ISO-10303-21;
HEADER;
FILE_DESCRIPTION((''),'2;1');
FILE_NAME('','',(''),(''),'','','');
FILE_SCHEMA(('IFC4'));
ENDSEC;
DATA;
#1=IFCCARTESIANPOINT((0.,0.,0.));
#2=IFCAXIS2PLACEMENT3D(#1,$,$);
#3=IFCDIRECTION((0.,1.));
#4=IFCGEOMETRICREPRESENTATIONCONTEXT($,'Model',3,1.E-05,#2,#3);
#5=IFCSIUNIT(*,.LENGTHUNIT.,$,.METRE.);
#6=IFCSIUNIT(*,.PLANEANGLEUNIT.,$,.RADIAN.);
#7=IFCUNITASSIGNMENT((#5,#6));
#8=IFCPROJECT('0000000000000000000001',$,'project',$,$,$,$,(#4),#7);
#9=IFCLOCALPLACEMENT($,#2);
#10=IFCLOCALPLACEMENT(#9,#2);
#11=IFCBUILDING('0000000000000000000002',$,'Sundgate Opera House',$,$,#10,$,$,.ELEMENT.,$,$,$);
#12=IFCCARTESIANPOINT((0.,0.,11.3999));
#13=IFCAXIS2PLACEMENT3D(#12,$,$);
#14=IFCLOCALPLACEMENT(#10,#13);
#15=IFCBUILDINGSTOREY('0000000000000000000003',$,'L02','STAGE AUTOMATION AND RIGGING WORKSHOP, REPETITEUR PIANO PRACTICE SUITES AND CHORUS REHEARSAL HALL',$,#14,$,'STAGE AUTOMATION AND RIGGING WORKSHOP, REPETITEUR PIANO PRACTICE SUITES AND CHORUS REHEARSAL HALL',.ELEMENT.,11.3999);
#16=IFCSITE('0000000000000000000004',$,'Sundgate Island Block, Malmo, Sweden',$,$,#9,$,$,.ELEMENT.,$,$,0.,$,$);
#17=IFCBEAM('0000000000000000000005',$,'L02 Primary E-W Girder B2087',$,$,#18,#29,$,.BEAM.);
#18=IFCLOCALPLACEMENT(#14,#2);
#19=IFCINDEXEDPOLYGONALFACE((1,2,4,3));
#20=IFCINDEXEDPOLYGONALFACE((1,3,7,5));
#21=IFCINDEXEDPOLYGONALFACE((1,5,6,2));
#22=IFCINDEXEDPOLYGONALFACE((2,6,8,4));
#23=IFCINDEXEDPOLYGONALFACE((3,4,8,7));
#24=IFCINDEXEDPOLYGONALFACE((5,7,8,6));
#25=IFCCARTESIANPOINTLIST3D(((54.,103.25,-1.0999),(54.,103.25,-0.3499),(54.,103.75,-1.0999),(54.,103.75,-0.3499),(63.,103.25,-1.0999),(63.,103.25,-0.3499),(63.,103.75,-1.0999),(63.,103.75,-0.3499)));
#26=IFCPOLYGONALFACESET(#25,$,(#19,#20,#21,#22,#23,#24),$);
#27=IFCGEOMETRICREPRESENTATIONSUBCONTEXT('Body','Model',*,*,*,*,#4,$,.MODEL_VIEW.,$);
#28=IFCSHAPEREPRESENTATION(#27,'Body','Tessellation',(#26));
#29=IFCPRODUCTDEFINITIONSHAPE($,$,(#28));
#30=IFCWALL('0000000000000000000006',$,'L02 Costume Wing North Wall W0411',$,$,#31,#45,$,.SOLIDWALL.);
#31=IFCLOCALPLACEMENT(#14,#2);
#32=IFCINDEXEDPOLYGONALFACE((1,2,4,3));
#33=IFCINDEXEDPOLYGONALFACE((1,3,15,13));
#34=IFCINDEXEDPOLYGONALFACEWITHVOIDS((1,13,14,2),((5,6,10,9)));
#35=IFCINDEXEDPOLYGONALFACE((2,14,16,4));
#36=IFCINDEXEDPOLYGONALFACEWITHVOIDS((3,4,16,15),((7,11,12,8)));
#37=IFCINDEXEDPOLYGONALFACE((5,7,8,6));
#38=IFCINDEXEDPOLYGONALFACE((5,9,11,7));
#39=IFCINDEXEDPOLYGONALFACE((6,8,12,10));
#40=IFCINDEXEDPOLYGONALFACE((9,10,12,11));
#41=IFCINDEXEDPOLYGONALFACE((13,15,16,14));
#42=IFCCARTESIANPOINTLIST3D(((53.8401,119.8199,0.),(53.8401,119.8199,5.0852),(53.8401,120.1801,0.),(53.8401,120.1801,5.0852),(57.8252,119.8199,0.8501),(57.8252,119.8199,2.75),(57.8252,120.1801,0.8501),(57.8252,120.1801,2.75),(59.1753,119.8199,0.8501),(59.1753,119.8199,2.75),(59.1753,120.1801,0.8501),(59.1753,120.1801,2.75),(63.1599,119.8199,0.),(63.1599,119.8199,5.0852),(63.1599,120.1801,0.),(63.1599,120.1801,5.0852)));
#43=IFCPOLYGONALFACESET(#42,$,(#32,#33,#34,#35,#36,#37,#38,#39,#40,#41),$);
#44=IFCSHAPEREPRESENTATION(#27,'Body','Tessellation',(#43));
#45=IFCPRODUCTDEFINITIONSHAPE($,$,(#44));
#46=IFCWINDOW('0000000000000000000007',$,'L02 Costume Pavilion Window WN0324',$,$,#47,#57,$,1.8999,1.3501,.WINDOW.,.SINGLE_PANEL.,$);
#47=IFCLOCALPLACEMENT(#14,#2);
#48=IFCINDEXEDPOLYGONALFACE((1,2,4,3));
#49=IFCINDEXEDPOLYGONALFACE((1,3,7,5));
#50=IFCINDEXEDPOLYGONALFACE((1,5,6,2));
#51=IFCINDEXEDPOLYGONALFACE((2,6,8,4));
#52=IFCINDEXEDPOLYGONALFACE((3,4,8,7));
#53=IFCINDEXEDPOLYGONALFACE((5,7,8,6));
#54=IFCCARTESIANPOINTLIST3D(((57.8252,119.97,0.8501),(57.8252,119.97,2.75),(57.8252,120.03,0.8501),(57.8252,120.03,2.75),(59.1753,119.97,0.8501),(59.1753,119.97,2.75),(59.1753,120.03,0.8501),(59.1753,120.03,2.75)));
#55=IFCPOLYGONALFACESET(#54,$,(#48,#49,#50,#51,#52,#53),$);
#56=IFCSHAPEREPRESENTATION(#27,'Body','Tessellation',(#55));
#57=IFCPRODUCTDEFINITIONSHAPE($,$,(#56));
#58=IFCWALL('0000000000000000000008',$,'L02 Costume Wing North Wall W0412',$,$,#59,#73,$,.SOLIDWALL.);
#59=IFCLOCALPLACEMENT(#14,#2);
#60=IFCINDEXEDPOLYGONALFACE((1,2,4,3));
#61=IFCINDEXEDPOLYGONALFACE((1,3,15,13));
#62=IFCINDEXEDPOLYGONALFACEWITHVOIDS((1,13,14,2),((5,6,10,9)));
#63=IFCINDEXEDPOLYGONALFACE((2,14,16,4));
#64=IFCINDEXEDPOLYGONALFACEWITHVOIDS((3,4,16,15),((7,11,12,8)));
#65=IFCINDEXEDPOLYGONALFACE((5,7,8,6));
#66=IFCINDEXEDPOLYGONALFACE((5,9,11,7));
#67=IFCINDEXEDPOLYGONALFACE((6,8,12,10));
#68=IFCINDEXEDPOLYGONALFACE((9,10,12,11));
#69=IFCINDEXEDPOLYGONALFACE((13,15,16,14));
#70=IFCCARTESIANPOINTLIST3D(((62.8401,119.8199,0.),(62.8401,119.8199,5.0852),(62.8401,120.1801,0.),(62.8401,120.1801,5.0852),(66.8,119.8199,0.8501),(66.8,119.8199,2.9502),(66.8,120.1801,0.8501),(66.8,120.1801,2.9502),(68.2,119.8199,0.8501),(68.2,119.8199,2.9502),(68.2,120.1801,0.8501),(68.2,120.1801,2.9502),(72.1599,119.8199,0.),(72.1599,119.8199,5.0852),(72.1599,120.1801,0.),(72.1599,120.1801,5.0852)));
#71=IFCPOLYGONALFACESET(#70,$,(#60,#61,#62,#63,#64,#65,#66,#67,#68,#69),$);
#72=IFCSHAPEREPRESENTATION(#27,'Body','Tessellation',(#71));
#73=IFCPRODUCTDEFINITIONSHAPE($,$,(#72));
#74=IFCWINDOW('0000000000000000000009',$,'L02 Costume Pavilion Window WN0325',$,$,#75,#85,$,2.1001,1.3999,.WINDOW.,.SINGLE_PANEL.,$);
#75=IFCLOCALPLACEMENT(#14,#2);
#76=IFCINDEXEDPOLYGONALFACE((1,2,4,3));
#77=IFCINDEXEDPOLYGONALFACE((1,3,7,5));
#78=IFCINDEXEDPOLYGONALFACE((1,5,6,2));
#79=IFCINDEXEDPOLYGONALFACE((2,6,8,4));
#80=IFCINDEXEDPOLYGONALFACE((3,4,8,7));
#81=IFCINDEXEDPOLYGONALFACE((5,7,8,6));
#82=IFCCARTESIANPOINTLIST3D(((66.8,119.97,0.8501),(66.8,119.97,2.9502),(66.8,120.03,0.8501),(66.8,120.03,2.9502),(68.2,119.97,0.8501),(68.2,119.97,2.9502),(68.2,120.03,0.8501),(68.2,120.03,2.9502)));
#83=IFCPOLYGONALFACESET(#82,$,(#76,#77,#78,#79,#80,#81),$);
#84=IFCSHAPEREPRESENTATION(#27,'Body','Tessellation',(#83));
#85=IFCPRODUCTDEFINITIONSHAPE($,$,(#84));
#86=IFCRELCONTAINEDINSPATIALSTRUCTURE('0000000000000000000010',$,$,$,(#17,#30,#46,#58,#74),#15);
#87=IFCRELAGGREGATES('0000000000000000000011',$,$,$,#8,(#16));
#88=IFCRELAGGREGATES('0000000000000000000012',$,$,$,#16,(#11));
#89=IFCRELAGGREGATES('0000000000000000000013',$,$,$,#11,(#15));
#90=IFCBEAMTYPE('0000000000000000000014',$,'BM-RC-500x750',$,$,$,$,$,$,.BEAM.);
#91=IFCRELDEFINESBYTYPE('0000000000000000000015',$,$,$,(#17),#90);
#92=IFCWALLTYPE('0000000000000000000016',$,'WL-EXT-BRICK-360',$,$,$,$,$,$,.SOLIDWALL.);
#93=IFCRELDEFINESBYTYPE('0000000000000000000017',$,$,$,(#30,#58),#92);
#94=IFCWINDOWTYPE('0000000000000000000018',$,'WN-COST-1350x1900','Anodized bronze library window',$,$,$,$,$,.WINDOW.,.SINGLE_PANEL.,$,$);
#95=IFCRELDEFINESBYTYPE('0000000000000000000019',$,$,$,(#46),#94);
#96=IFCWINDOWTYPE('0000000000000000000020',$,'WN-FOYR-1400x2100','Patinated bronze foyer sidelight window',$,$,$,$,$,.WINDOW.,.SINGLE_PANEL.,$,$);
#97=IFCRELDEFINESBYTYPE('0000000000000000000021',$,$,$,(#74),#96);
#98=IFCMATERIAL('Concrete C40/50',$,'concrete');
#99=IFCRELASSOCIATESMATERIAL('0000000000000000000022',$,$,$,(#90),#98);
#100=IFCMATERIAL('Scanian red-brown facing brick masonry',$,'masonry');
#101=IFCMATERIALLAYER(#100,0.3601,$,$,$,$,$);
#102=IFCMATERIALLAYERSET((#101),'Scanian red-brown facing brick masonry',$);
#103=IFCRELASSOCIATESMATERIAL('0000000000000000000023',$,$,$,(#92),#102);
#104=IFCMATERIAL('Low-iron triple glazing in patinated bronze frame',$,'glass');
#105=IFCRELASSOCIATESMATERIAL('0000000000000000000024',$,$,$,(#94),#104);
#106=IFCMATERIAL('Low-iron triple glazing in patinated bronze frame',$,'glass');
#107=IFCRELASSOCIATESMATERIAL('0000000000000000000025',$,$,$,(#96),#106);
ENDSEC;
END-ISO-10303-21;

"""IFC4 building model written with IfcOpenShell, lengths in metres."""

from ifc_helpers import new_model, si_unit, direction, frame, frame_2d, origin, origin_2d, place, context, subcontext, project, spatial, rectangle, extrude, material, layer, layer_set, material_profile, profile_set, type_object, element, fill, save


model = new_model("IFC4")

# Units and contexts
model_context = context("Model", 3, precision=1e-05, world=origin(), true_north=direction((0.0, 1.0)))
body_context = subcontext(model_context, "Body", "Model", "MODEL_VIEW")
ifc_project = project(units=[si_unit("LENGTHUNIT", "METRE"), si_unit("PLANEANGLEUNIT", "RADIAN")], contexts=[model_context])

# Site, building, storey
site_placement = place(None, origin())
site = spatial("IfcSite", under=ifc_project, at=site_placement, Name="Sundgate Island Block, Malmo, Sweden", CompositionType="ELEMENT", RefElevation=0.0)
building_placement = place(site_placement, origin())
building = spatial("IfcBuilding", under=site, at=building_placement, Name="Sundgate Opera House", CompositionType="ELEMENT")
storey_placement = place(building_placement, frame((0.0, 0.0, 11.3999)))
storey = spatial("IfcBuildingStorey", under=building, at=storey_placement, Name="L02", Description="STAGE AUTOMATION AND RIGGING WORKSHOP, REPETITEUR PIANO PRACTICE SUITES AND CHORUS REHEARSAL HALL", LongName="STAGE AUTOMATION AND RIGGING WORKSHOP, REPETITEUR PIANO PRACTICE SUITES AND CHORUS REHEARSAL HALL", CompositionType="ELEMENT", Elevation=11.3999)

# Beam
ifc_material_1 = material(Name="Concrete C40/50", Category="concrete")
ifc_material_profile_1 = material_profile(ifc_material_1, rectangle(XDim=0.5, YDim=0.75, at=origin_2d()), Name="RC 500x750")
ifc_profile_set_1 = profile_set([ifc_material_profile_1], Name="Concrete C40/50")
beam_type_1 = type_object("IfcBeamType", Name="BM-RC-500x750", PredefinedType="BEAM", material=ifc_profile_set_1)
beam_1_placement = place(storey_placement, frame((54.0, 103.5, -0.7249), z_axis=(1.0, 0.0, 0.0), x_axis=(0.0, 1.0, 0.0)))
element("IfcBeam", 1, at=beam_1_placement, inside=storey, type_object=beam_type_1, Name="L02 Primary E-W Girder B2087", PredefinedType="BEAM", context=body_context, shape_type="SweptSolid", body=[
    extrude(rectangle(XDim=0.5, YDim=0.75, at=origin_2d()), origin(), (0.0, 0.0, 1.0), 9.0),
])

# Walls, openings, windows
ifc_material_2 = material(Name="Scanian red-brown facing brick masonry", Category="masonry")
ifc_layer = layer(ifc_material_2, 0.3601)
ifc_layer_set = layer_set([ifc_layer], Name="Scanian red-brown facing brick masonry")
wall_type = type_object("IfcWallType", Name="WL-EXT-BRICK-360", PredefinedType="SOLIDWALL", material=ifc_layer_set)
wall_1_placement = place(storey_placement, frame((53.8401, 120.0, 0.0), z_axis=(0.0, 0.0, 1.0), x_axis=(1.0, 0.0, 0.0)))
wall_1 = element("IfcWall", 2, at=wall_1_placement, inside=storey, type_object=wall_type, Name="L02 Costume Wing North Wall W0411", PredefinedType="SOLIDWALL", context=body_context, shape_type="SweptSolid", body=[
    extrude(rectangle(XDim=9.3198, YDim=0.3601, at=frame_2d((4.6599, 0.0))), origin(), (0.0, 0.0, 1.0), 5.0852),
])
opening_1_placement = place(wall_1_placement, frame((3.9851, 0.0, 0.8501)))
opening_1 = element("IfcOpeningElement", 3, at=opening_1_placement, cuts=wall_1, PredefinedType="OPENING", context=body_context, shape_type="SweptSolid", body=[
    extrude(rectangle(XDim=1.3501, YDim=1.8999, at=frame_2d((0.675, 0.95))), frame((0.0, 0.1899, 0.0), z_axis=(0.0, -1.0, 0.0), x_axis=(1.0, 0.0, 0.0)), (0.0, 0.0, 1.0), 0.3801),
])
ifc_material_3 = material(Name="Low-iron triple glazing in patinated bronze frame", Category="glass")
window_type_1 = type_object("IfcWindowType", Name="WN-COST-1350x1900", Description="Anodized bronze library window", PartitioningType="SINGLE_PANEL", PredefinedType="WINDOW", material=ifc_material_3)
window_1_placement = place(opening_1_placement, origin())
window_1 = element("IfcWindow", 4, at=window_1_placement, inside=storey, type_object=window_type_1, Name="L02 Costume Pavilion Window WN0324", OverallHeight=1.8999, OverallWidth=1.3501, PartitioningType="SINGLE_PANEL", PredefinedType="WINDOW", context=body_context, shape_type="SweptSolid", body=[
    extrude(rectangle(XDim=1.3501, YDim=1.8999, at=frame_2d((0.675, 0.95))), frame((0.0, 0.03, 0.0), z_axis=(0.0, -1.0, 0.0), x_axis=(1.0, 0.0, 0.0)), (0.0, 0.0, 1.0), 0.0601),
])
fill(opening_1, window_1)
wall_2_placement = place(storey_placement, frame((62.8401, 120.0, 0.0), z_axis=(0.0, 0.0, 1.0), x_axis=(1.0, 0.0, 0.0)))
wall_2 = element("IfcWall", 5, at=wall_2_placement, inside=storey, type_object=wall_type, Name="L02 Costume Wing North Wall W0412", PredefinedType="SOLIDWALL", context=body_context, shape_type="SweptSolid", body=[
    extrude(rectangle(XDim=9.3198, YDim=0.3601, at=frame_2d((4.6599, 0.0))), origin(), (0.0, 0.0, 1.0), 5.0852),
])
opening_2_placement = place(wall_2_placement, frame((3.96, 0.0, 0.8501)))
opening_2 = element("IfcOpeningElement", 6, at=opening_2_placement, cuts=wall_2, PredefinedType="OPENING", context=body_context, shape_type="SweptSolid", body=[
    extrude(rectangle(XDim=1.3999, YDim=2.1001, at=frame_2d((0.7, 1.05))), frame((0.0, 0.1899, 0.0), z_axis=(0.0, -1.0, 0.0), x_axis=(1.0, 0.0, 0.0)), (0.0, 0.0, 1.0), 0.3801),
])
ifc_material_4 = material(Name="Low-iron triple glazing in patinated bronze frame", Category="glass")
window_type_2 = type_object("IfcWindowType", Name="WN-FOYR-1400x2100", Description="Patinated bronze foyer sidelight window", PartitioningType="SINGLE_PANEL", PredefinedType="WINDOW", material=ifc_material_4)
window_2_placement = place(opening_2_placement, origin())
window_2 = element("IfcWindow", 7, at=window_2_placement, inside=storey, type_object=window_type_2, Name="L02 Costume Pavilion Window WN0325", OverallHeight=2.1001, OverallWidth=1.3999, PartitioningType="SINGLE_PANEL", PredefinedType="WINDOW", context=body_context, shape_type="SweptSolid", body=[
    extrude(rectangle(XDim=1.3999, YDim=2.1001, at=frame_2d((0.7, 1.05))), frame((0.0, 0.03, 0.0), z_axis=(0.0, -1.0, 0.0), x_axis=(1.0, 0.0, 0.0)), (0.0, 0.0, 1.0), 0.0601),
])
fill(opening_2, window_2)

save(model, "model.ifc")
